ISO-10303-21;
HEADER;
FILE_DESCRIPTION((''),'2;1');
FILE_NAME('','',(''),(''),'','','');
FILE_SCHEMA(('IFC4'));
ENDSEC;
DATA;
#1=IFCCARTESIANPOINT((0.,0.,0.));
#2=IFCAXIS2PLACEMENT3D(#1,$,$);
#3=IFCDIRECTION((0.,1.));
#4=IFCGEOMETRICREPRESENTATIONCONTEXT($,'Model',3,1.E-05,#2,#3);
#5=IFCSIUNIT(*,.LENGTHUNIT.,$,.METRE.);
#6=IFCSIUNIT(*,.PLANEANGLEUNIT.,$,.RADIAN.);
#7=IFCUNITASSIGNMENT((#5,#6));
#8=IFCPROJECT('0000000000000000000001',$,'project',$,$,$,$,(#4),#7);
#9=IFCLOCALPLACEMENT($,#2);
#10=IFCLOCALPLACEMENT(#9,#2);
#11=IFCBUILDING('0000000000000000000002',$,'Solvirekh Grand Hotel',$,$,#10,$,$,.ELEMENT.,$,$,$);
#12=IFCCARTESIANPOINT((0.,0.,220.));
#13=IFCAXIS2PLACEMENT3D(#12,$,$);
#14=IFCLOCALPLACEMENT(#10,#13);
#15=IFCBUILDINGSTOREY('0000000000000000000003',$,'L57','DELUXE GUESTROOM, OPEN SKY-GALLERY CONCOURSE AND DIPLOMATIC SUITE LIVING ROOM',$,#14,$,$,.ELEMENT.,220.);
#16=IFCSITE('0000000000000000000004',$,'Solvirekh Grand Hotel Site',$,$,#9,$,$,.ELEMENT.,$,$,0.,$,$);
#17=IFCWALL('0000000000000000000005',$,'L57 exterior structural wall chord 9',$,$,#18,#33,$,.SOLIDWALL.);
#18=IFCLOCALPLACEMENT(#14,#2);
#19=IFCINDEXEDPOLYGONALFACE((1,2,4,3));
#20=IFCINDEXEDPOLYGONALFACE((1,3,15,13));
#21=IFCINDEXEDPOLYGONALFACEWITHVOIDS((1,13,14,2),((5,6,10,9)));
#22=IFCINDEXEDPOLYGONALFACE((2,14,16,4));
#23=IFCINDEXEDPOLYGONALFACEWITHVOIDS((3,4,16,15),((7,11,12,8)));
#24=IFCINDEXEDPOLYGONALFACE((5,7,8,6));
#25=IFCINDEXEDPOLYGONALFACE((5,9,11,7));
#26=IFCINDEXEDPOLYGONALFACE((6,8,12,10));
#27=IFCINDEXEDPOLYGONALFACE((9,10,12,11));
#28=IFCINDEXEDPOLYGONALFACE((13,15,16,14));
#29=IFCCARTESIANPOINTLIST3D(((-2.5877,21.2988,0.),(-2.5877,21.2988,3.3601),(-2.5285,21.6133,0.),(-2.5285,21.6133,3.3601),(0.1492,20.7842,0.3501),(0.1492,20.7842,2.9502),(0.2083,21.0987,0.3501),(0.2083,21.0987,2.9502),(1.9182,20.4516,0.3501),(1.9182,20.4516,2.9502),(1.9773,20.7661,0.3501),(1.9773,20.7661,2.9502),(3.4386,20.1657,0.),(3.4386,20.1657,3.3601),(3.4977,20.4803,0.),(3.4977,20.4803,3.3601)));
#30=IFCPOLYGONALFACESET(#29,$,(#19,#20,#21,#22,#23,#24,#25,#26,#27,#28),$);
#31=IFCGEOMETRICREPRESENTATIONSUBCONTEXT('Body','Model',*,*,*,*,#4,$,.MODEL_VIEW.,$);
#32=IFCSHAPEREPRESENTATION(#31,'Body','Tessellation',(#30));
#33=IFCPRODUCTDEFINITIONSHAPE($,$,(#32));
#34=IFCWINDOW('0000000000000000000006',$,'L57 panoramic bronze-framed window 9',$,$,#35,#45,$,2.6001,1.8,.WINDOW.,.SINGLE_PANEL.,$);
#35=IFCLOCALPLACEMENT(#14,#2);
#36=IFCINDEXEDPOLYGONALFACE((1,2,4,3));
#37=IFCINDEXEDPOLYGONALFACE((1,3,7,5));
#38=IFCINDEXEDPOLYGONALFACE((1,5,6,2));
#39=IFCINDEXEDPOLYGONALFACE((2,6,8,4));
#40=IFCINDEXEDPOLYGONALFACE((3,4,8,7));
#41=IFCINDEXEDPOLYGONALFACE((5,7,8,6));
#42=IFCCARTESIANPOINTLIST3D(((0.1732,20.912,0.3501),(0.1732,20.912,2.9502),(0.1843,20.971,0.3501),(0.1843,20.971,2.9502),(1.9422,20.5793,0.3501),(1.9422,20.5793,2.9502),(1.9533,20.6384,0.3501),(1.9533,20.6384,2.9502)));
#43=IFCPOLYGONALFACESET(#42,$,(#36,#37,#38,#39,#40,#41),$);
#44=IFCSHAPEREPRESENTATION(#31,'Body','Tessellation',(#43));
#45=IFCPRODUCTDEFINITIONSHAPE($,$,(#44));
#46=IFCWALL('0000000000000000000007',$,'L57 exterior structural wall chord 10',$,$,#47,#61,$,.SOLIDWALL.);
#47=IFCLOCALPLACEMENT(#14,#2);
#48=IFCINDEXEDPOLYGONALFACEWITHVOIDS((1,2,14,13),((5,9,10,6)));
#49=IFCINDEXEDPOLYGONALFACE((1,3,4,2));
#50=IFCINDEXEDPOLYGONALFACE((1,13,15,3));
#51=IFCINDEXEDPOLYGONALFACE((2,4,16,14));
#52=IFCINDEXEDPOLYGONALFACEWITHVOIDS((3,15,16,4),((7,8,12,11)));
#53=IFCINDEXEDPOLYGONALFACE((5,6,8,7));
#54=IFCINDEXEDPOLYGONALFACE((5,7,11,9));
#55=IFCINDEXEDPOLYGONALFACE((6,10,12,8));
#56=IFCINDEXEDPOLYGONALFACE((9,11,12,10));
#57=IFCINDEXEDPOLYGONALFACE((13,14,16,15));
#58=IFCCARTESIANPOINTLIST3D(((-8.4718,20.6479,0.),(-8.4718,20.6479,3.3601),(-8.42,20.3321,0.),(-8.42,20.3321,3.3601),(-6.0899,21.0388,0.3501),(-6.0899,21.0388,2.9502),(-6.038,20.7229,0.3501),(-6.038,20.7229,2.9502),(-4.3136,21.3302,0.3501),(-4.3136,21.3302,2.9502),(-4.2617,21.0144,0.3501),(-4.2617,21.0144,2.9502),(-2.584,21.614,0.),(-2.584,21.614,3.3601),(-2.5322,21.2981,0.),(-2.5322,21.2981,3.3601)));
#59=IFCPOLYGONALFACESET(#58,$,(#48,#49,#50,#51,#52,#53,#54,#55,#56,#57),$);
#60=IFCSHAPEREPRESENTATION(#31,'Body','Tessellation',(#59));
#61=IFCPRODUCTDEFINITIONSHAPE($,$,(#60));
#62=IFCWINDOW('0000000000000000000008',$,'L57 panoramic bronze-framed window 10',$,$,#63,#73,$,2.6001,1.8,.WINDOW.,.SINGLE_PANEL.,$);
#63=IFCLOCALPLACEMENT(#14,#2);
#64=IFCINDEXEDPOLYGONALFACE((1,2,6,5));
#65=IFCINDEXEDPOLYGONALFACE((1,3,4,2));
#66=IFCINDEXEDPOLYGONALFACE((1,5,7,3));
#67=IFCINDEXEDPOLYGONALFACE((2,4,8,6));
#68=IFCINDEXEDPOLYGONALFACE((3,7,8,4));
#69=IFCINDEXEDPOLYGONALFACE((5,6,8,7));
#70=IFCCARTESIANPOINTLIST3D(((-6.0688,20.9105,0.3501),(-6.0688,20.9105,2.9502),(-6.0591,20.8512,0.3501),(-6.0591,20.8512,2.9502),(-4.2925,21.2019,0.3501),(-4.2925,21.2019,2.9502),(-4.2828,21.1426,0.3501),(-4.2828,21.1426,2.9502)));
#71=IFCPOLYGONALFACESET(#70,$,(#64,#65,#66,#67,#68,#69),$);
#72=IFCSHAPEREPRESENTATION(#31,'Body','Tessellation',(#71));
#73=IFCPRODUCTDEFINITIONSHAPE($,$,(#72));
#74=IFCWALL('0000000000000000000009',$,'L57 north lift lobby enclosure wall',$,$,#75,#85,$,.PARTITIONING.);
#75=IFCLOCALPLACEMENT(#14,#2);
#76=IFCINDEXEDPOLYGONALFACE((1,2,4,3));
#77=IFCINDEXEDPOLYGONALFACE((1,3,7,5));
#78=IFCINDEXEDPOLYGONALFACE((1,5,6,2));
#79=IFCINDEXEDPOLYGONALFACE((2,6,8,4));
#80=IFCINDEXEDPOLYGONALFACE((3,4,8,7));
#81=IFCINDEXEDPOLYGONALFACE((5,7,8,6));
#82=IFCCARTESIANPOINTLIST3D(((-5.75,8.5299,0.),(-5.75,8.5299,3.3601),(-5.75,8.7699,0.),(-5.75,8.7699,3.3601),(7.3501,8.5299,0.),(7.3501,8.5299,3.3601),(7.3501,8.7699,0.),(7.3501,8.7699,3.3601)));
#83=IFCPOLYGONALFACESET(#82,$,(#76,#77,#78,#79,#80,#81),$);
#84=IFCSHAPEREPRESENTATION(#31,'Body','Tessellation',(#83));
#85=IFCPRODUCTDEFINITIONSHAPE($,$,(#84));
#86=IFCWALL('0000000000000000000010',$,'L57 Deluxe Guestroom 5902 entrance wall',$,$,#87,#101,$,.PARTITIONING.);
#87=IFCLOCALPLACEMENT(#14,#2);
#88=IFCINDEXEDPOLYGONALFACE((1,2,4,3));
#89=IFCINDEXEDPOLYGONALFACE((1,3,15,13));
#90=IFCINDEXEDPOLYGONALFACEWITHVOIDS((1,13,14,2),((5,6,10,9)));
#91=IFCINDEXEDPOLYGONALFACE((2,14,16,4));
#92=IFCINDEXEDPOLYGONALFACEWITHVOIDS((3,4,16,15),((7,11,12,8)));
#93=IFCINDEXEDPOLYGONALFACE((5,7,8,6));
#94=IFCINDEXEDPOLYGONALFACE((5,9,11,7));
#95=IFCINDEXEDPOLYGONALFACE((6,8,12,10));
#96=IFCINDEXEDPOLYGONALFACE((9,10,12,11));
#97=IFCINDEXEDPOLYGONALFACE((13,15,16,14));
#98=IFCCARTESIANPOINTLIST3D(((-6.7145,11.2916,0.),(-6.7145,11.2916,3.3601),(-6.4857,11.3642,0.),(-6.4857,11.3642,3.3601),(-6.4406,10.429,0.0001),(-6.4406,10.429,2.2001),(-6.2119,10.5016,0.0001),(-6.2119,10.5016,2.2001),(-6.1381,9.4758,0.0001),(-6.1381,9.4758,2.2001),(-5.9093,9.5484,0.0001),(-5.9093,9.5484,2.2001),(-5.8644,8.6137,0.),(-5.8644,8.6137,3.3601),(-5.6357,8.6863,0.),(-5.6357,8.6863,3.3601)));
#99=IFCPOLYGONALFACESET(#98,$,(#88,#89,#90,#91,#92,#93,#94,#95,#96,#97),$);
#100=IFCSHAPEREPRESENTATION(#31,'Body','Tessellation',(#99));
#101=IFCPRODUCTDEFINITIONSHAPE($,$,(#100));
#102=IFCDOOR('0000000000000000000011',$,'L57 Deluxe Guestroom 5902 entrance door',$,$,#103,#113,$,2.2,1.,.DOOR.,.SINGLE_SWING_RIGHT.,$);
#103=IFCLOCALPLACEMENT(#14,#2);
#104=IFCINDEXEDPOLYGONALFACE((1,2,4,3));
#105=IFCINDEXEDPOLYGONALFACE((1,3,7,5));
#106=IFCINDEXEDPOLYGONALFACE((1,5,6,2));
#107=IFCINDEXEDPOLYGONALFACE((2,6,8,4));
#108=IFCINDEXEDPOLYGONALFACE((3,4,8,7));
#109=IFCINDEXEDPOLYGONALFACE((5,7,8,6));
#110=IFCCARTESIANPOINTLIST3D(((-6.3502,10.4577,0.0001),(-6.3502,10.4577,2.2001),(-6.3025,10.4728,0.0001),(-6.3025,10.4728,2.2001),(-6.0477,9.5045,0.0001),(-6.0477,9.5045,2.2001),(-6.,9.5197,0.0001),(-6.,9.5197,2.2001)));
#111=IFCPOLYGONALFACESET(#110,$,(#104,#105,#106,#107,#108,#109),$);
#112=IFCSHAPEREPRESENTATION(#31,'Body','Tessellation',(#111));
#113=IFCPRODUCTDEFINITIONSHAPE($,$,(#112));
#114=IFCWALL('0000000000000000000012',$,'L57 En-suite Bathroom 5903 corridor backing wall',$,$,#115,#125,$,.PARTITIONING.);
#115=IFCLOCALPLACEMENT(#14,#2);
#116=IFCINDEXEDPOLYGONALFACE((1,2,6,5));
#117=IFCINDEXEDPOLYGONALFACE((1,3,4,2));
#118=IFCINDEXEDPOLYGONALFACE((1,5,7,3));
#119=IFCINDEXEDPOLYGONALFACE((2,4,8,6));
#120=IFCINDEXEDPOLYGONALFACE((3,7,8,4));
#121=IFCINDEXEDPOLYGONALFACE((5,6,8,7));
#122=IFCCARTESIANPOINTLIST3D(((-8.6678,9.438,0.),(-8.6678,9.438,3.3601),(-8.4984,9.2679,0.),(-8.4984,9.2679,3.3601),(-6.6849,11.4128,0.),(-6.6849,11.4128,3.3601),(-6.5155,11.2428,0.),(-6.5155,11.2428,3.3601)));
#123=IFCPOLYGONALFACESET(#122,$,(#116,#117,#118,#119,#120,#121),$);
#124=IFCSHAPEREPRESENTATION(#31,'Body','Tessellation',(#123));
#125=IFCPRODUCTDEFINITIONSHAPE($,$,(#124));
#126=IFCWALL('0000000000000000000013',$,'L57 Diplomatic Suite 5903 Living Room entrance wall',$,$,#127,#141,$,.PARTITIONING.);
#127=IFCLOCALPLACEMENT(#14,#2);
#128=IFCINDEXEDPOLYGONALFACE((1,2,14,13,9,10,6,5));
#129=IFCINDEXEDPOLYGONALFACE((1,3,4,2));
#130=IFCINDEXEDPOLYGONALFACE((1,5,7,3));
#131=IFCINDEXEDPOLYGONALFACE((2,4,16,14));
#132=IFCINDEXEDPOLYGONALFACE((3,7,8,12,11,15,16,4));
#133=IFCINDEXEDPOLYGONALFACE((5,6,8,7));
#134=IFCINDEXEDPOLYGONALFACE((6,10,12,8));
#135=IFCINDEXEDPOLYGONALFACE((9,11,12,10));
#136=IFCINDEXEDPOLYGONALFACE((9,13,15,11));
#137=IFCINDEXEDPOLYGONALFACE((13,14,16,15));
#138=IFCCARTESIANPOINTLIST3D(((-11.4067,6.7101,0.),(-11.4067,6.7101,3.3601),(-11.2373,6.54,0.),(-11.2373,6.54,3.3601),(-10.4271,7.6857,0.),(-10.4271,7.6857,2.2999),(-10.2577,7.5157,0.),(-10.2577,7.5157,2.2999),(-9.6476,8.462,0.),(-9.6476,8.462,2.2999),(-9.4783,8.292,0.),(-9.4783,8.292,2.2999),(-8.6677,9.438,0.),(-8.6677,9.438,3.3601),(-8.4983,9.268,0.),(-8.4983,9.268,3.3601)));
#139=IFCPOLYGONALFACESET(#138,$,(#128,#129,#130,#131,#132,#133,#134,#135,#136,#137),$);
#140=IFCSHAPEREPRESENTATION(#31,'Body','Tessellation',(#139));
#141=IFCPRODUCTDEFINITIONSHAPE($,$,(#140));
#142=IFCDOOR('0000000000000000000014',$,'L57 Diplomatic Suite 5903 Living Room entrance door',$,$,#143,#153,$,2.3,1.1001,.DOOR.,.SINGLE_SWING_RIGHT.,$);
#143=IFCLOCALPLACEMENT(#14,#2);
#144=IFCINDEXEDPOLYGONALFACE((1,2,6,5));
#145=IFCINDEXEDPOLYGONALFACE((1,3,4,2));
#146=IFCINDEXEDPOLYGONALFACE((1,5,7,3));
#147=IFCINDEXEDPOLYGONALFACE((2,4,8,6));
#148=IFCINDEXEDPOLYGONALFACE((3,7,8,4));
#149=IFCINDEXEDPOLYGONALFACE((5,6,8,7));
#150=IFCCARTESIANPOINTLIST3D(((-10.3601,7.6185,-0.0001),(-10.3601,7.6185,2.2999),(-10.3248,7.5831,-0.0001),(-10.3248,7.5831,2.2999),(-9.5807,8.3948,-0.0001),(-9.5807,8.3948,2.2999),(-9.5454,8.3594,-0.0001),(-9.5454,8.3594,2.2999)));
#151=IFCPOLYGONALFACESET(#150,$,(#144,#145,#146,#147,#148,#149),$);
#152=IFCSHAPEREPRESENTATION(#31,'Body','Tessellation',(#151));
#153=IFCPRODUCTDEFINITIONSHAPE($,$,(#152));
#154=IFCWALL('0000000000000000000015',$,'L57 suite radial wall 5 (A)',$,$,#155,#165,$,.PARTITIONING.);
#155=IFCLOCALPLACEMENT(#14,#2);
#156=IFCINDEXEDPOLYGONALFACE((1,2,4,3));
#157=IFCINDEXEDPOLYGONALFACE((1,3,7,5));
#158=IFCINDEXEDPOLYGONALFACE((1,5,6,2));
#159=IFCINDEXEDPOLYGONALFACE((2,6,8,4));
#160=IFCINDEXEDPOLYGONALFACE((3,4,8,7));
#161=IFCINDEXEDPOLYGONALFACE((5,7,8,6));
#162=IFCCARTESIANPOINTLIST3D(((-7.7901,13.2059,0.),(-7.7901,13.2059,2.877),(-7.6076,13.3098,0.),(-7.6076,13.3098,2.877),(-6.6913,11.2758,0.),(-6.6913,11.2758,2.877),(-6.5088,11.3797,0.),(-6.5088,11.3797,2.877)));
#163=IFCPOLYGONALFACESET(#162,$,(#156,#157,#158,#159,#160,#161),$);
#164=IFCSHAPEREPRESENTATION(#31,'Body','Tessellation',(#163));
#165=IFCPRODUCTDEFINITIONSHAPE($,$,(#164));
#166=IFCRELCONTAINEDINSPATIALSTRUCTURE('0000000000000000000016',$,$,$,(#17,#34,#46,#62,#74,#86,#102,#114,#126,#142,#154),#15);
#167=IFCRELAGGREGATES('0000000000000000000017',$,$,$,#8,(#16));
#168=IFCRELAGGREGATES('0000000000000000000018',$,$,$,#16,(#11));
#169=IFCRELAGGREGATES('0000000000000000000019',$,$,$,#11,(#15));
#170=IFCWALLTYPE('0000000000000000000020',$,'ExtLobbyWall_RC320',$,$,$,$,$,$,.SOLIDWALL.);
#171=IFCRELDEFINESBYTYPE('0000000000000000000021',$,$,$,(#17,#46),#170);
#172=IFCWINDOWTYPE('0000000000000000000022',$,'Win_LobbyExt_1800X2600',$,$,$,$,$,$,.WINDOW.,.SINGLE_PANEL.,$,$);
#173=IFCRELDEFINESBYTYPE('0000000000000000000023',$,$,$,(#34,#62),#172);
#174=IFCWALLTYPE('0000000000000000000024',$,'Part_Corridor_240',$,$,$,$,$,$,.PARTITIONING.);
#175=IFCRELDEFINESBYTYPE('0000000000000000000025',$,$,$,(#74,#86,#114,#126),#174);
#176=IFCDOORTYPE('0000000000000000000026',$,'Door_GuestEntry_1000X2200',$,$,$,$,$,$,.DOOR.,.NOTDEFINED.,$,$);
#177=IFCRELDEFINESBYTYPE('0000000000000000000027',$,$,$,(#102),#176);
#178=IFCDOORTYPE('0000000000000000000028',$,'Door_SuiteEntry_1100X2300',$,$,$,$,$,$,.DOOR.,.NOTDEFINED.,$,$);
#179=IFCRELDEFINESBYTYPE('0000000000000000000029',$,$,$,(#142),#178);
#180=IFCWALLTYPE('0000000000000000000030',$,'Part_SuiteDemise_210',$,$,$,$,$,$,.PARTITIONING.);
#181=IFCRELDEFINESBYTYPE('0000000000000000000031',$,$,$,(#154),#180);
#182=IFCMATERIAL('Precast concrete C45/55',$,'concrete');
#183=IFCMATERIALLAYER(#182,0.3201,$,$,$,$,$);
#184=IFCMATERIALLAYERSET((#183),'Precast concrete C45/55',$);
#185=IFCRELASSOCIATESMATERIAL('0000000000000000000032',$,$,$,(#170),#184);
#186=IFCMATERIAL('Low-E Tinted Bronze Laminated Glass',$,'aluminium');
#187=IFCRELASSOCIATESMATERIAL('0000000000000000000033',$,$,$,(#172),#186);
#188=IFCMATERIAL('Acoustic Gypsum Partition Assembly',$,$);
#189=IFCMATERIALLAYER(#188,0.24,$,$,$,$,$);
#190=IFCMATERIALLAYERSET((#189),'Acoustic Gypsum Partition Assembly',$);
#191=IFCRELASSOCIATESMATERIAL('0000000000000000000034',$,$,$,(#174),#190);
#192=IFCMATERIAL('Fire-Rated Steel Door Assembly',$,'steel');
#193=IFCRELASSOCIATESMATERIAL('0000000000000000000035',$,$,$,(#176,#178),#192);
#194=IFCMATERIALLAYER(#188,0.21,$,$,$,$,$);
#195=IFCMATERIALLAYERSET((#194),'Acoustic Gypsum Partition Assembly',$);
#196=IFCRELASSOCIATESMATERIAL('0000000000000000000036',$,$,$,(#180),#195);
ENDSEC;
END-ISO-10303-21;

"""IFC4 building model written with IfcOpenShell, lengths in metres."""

from ifc_helpers import new_model, si_unit, direction, frame, frame_2d, origin, place, context, subcontext, project, spatial, rectangle, extrude, material, layer, layer_set, type_object, element, fill, save


model = new_model("IFC4")

# Units and contexts
model_context = context("Model", 3, precision=1e-05, world=origin(), true_north=direction((0.0, 1.0)))
body_context = subcontext(model_context, "Body", "Model", "MODEL_VIEW")
ifc_project = project(units=[si_unit("LENGTHUNIT", "METRE"), si_unit("PLANEANGLEUNIT", "RADIAN")], contexts=[model_context])

# Site, building, storey
site_placement = place(None, origin())
site = spatial("IfcSite", under=ifc_project, at=site_placement, Name="Solvirekh Grand Hotel Site", CompositionType="ELEMENT", RefElevation=0.0)
building_placement = place(site_placement, origin())
building = spatial("IfcBuilding", under=site, at=building_placement, Name="Solvirekh Grand Hotel", CompositionType="ELEMENT")
storey_placement = place(building_placement, frame((0.0, 0.0, 220.0)))
storey = spatial("IfcBuildingStorey", under=building, at=storey_placement, Name="L57", Description="DELUXE GUESTROOM, OPEN SKY-GALLERY CONCOURSE AND DIPLOMATIC SUITE LIVING ROOM", CompositionType="ELEMENT", Elevation=220.0)

# Walls, openings, windows
ifc_material_1 = material(Name="Precast concrete C45/55", Category="concrete")
ifc_layer_1 = layer(ifc_material_1, 0.3201)
ifc_layer_set_1 = layer_set([ifc_layer_1], Name="Precast concrete C45/55")
wall_type_1 = type_object("IfcWallType", Name="ExtLobbyWall_RC320", PredefinedType="SOLIDWALL", material=ifc_layer_set_1)
wall_1_placement = place(storey_placement, frame((-2.5581, 21.4561, 0.0), z_axis=(0.0, 0.0, 1.0), x_axis=(0.982779, -0.184786, 0.0)))
wall_1 = element("IfcWall", 1, at=wall_1_placement, inside=storey, type_object=wall_type_1, Name="L57 exterior structural wall chord 9", PredefinedType="SOLIDWALL", context=body_context, shape_type="SweptSolid", body=[
    extrude(rectangle(XDim=6.1318, YDim=0.3201, at=frame_2d((3.0659, 0.0))), origin(), (0.0, 0.0, 1.0), 3.3601),
])
opening_1_placement = place(wall_1_placement, frame((2.7849, 0.0, 0.3501)))
opening_1 = element("IfcOpeningElement", 2, at=opening_1_placement, cuts=wall_1, PredefinedType="OPENING", context=body_context, shape_type="SweptSolid", body=[
    extrude(rectangle(XDim=1.8, YDim=2.6001, at=frame_2d((0.8999, 1.3))), frame((0.0, 0.1699, 0.0), z_axis=(0.0, -1.0, 0.0), x_axis=(1.0, 0.0, 0.0)), (0.0, 0.0, 1.0), 0.3401),
])
ifc_material_2 = material(Name="Low-E Tinted Bronze Laminated Glass", Category="aluminium")
window_type = type_object("IfcWindowType", Name="Win_LobbyExt_1800X2600", PartitioningType="SINGLE_PANEL", PredefinedType="WINDOW", material=ifc_material_2)
window_1_placement = place(opening_1_placement, origin())
window_1 = element("IfcWindow", 3, at=window_1_placement, inside=storey, type_object=window_type, Name="L57 panoramic bronze-framed window 9", OverallHeight=2.6001, OverallWidth=1.8, PartitioningType="SINGLE_PANEL", PredefinedType="WINDOW", context=body_context, shape_type="SweptSolid", body=[
    extrude(rectangle(XDim=1.8, YDim=2.6001, at=frame_2d((0.8999, 1.3))), frame((0.0, 0.03, 0.0), z_axis=(0.0, -1.0, 0.0), x_axis=(1.0, 0.0, 0.0)), (0.0, 0.0, 1.0), 0.0601),
])
fill(opening_1, window_1)
wall_2_placement = place(storey_placement, frame((-8.446, 20.49, 0.0), z_axis=(0.0, 0.0, 1.0), x_axis=(0.986805, 0.16191, 0.0)))
wall_2 = element("IfcWall", 4, at=wall_2_placement, inside=storey, type_object=wall_type_1, Name="L57 exterior structural wall chord 10", PredefinedType="SOLIDWALL", context=body_context, shape_type="SweptSolid", body=[
    extrude(rectangle(XDim=5.9666, YDim=0.3201, at=frame_2d((2.9834, 0.0))), origin(), (0.0, 0.0, 1.0), 3.3601),
])
opening_2_placement = place(wall_2_placement, frame((2.4141, 0.0, 0.3501)))
opening_2 = element("IfcOpeningElement", 5, at=opening_2_placement, cuts=wall_2, PredefinedType="OPENING", context=body_context, shape_type="SweptSolid", body=[
    extrude(rectangle(XDim=1.8, YDim=2.6001, at=frame_2d((0.8999, 1.3))), frame((0.0, 0.1699, 0.0), z_axis=(0.0, -1.0, 0.0), x_axis=(1.0, 0.0, 0.0)), (0.0, 0.0, 1.0), 0.3401),
])
window_2_placement = place(opening_2_placement, origin())
window_2 = element("IfcWindow", 6, at=window_2_placement, inside=storey, type_object=window_type, Name="L57 panoramic bronze-framed window 10", OverallHeight=2.6001, OverallWidth=1.8, PartitioningType="SINGLE_PANEL", PredefinedType="WINDOW", context=body_context, shape_type="SweptSolid", body=[
    extrude(rectangle(XDim=1.8, YDim=2.6001, at=frame_2d((0.8999, 1.3))), frame((0.0, 0.03, 0.0), z_axis=(0.0, -1.0, 0.0), x_axis=(1.0, 0.0, 0.0)), (0.0, 0.0, 1.0), 0.0601),
])
fill(opening_2, window_2)

# Wall
ifc_material_3 = material(Name="Acoustic Gypsum Partition Assembly")
ifc_layer_2 = layer(ifc_material_3, 0.24)
ifc_layer_set_2 = layer_set([ifc_layer_2], Name="Acoustic Gypsum Partition Assembly")
wall_type_2 = type_object("IfcWallType", Name="Part_Corridor_240", PredefinedType="PARTITIONING", material=ifc_layer_set_2)
wall_3_placement = place(storey_placement, frame((-5.75, 8.6499, 0.0), z_axis=(0.0, 0.0, 1.0), x_axis=(1.0, 0.0, 0.0)))
element("IfcWall", 7, at=wall_3_placement, inside=storey, type_object=wall_type_2, Name="L57 north lift lobby enclosure wall", PredefinedType="PARTITIONING", context=body_context, shape_type="SweptSolid", body=[
    extrude(rectangle(XDim=13.1001, YDim=0.24, at=frame_2d((6.55, 0.0))), origin(), (0.0, 0.0, 1.0), 3.3601),
])

# Wall, opening, door
wall_4_placement = place(storey_placement, frame((-6.6001, 11.3279, 0.0), z_axis=(0.0, 0.0, 1.0), x_axis=(0.302562, -0.95313, 0.0)))
wall_4 = element("IfcWall", 8, at=wall_4_placement, inside=storey, type_object=wall_type_2, Name="L57 Deluxe Guestroom 5902 entrance wall", PredefinedType="PARTITIONING", context=body_context, shape_type="SweptSolid", body=[
    extrude(rectangle(XDim=2.8096, YDim=0.24, at=frame_2d((1.4048, 0.0))), origin(), (0.0, 0.0, 1.0), 3.3601),
])
opening_3_placement = place(wall_4_placement, frame((0.905, 0.0, 0.0)))
opening_3 = element("IfcOpeningElement", 9, at=opening_3_placement, cuts=wall_4, PredefinedType="OPENING", context=body_context, shape_type="SweptSolid", body=[
    extrude(rectangle(XDim=1.0, YDim=2.2, at=frame_2d((0.5, 1.1001))), frame((0.0, 0.1299, 0.0), z_axis=(0.0, -1.0, 0.0), x_axis=(1.0, 0.0, 0.0)), (0.0, 0.0, 1.0), 0.26),
])
ifc_material_4 = material(Name="Fire-Rated Steel Door Assembly", Category="steel")
door_type_1 = type_object("IfcDoorType", Name="Door_GuestEntry_1000X2200", OperationType="NOTDEFINED", PredefinedType="DOOR", material=ifc_material_4)
door_1_placement = place(opening_3_placement, origin())
door_1 = element("IfcDoor", 10, at=door_1_placement, inside=storey, type_object=door_type_1, Name="L57 Deluxe Guestroom 5902 entrance door", OperationType="SINGLE_SWING_RIGHT", OverallHeight=2.2, OverallWidth=1.0, PredefinedType="DOOR", context=body_context, shape_type="SweptSolid", body=[
    extrude(rectangle(XDim=1.0, YDim=2.2, at=frame_2d((0.5, 1.1001))), frame((0.0, 0.0249, 0.0), z_axis=(0.0, -1.0, 0.0), x_axis=(1.0, 0.0, 0.0)), (0.0, 0.0, 1.0), 0.05),
])
fill(opening_3, door_1)

# Wall
wall_5_placement = place(storey_placement, frame((-6.6001, 11.3279, 0.0), z_axis=(0.0, 0.0, 1.0), x_axis=(-0.708545, -0.705666, 0.0)))
element("IfcWall", 11, at=wall_5_placement, inside=storey, type_object=wall_type_2, Name="L57 En-suite Bathroom 5903 corridor backing wall", PredefinedType="PARTITIONING", context=body_context, shape_type="SweptSolid", body=[
    extrude(rectangle(XDim=2.7986, YDim=0.24, at=frame_2d((1.3994, 0.0))), origin(), (0.0, 0.0, 1.0), 3.3601),
])

# Wall, opening, door
wall_6_placement = place(storey_placement, frame((-8.583, 9.353, 0.0), z_axis=(0.0, 0.0, 1.0), x_axis=(-0.708526, -0.705684, 0.0)))
wall_6 = element("IfcWall", 12, at=wall_6_placement, inside=storey, type_object=wall_type_2, Name="L57 Diplomatic Suite 5903 Living Room entrance wall", PredefinedType="PARTITIONING", context=body_context, shape_type="SweptSolid", body=[
    extrude(rectangle(XDim=3.8657, YDim=0.24, at=frame_2d((1.9329, 0.0))), origin(), (0.0, 0.0, 1.0), 3.3601),
])
opening_4_placement = place(wall_6_placement, frame((1.3831, 0.0, 0.0)))
opening_4 = element("IfcOpeningElement", 13, at=opening_4_placement, cuts=wall_6, PredefinedType="OPENING", context=body_context, shape_type="SweptSolid", body=[
    extrude(rectangle(XDim=1.1001, YDim=2.3, at=frame_2d((0.55, 1.1499))), frame((0.0, 0.1299, 0.0), z_axis=(0.0, -1.0, 0.0), x_axis=(1.0, 0.0, 0.0)), (0.0, 0.0, 1.0), 0.26),
])
door_type_2 = type_object("IfcDoorType", Name="Door_SuiteEntry_1100X2300", OperationType="NOTDEFINED", PredefinedType="DOOR", material=ifc_material_4)
door_2_placement = place(opening_4_placement, origin())
door_2 = element("IfcDoor", 14, at=door_2_placement, inside=storey, type_object=door_type_2, Name="L57 Diplomatic Suite 5903 Living Room entrance door", OperationType="SINGLE_SWING_RIGHT", OverallHeight=2.3, OverallWidth=1.1001, PredefinedType="DOOR", context=body_context, shape_type="SweptSolid", body=[
    extrude(rectangle(XDim=1.1001, YDim=2.3, at=frame_2d((0.55, 1.1499))), frame((0.0, 0.0249, 0.0), z_axis=(0.0, -1.0, 0.0), x_axis=(1.0, 0.0, 0.0)), (0.0, 0.0, 1.0), 0.05),
])
fill(opening_4, door_2)

# Wall
ifc_layer_3 = layer(ifc_material_3, 0.21)
ifc_layer_set_3 = layer_set([ifc_layer_3], Name="Acoustic Gypsum Partition Assembly")
wall_type_3 = type_object("IfcWallType", Name="Part_SuiteDemise_210", PredefinedType="PARTITIONING", material=ifc_layer_set_3)
wall_7_placement = place(storey_placement, frame((-6.6001, 11.3279, 0.0), z_axis=(0.0, 0.0, 1.0), x_axis=(-0.494753, 0.869033, 0.0)))
element("IfcWall", 15, at=wall_7_placement, inside=storey, type_object=wall_type_3, Name="L57 suite radial wall 5 (A)", PredefinedType="PARTITIONING", context=body_context, shape_type="SweptSolid", body=[
    extrude(rectangle(XDim=2.2209, YDim=0.21, at=frame_2d((1.1104, 0.0))), origin(), (0.0, 0.0, 1.0), 2.877),
])

save(model, "model.ifc")
